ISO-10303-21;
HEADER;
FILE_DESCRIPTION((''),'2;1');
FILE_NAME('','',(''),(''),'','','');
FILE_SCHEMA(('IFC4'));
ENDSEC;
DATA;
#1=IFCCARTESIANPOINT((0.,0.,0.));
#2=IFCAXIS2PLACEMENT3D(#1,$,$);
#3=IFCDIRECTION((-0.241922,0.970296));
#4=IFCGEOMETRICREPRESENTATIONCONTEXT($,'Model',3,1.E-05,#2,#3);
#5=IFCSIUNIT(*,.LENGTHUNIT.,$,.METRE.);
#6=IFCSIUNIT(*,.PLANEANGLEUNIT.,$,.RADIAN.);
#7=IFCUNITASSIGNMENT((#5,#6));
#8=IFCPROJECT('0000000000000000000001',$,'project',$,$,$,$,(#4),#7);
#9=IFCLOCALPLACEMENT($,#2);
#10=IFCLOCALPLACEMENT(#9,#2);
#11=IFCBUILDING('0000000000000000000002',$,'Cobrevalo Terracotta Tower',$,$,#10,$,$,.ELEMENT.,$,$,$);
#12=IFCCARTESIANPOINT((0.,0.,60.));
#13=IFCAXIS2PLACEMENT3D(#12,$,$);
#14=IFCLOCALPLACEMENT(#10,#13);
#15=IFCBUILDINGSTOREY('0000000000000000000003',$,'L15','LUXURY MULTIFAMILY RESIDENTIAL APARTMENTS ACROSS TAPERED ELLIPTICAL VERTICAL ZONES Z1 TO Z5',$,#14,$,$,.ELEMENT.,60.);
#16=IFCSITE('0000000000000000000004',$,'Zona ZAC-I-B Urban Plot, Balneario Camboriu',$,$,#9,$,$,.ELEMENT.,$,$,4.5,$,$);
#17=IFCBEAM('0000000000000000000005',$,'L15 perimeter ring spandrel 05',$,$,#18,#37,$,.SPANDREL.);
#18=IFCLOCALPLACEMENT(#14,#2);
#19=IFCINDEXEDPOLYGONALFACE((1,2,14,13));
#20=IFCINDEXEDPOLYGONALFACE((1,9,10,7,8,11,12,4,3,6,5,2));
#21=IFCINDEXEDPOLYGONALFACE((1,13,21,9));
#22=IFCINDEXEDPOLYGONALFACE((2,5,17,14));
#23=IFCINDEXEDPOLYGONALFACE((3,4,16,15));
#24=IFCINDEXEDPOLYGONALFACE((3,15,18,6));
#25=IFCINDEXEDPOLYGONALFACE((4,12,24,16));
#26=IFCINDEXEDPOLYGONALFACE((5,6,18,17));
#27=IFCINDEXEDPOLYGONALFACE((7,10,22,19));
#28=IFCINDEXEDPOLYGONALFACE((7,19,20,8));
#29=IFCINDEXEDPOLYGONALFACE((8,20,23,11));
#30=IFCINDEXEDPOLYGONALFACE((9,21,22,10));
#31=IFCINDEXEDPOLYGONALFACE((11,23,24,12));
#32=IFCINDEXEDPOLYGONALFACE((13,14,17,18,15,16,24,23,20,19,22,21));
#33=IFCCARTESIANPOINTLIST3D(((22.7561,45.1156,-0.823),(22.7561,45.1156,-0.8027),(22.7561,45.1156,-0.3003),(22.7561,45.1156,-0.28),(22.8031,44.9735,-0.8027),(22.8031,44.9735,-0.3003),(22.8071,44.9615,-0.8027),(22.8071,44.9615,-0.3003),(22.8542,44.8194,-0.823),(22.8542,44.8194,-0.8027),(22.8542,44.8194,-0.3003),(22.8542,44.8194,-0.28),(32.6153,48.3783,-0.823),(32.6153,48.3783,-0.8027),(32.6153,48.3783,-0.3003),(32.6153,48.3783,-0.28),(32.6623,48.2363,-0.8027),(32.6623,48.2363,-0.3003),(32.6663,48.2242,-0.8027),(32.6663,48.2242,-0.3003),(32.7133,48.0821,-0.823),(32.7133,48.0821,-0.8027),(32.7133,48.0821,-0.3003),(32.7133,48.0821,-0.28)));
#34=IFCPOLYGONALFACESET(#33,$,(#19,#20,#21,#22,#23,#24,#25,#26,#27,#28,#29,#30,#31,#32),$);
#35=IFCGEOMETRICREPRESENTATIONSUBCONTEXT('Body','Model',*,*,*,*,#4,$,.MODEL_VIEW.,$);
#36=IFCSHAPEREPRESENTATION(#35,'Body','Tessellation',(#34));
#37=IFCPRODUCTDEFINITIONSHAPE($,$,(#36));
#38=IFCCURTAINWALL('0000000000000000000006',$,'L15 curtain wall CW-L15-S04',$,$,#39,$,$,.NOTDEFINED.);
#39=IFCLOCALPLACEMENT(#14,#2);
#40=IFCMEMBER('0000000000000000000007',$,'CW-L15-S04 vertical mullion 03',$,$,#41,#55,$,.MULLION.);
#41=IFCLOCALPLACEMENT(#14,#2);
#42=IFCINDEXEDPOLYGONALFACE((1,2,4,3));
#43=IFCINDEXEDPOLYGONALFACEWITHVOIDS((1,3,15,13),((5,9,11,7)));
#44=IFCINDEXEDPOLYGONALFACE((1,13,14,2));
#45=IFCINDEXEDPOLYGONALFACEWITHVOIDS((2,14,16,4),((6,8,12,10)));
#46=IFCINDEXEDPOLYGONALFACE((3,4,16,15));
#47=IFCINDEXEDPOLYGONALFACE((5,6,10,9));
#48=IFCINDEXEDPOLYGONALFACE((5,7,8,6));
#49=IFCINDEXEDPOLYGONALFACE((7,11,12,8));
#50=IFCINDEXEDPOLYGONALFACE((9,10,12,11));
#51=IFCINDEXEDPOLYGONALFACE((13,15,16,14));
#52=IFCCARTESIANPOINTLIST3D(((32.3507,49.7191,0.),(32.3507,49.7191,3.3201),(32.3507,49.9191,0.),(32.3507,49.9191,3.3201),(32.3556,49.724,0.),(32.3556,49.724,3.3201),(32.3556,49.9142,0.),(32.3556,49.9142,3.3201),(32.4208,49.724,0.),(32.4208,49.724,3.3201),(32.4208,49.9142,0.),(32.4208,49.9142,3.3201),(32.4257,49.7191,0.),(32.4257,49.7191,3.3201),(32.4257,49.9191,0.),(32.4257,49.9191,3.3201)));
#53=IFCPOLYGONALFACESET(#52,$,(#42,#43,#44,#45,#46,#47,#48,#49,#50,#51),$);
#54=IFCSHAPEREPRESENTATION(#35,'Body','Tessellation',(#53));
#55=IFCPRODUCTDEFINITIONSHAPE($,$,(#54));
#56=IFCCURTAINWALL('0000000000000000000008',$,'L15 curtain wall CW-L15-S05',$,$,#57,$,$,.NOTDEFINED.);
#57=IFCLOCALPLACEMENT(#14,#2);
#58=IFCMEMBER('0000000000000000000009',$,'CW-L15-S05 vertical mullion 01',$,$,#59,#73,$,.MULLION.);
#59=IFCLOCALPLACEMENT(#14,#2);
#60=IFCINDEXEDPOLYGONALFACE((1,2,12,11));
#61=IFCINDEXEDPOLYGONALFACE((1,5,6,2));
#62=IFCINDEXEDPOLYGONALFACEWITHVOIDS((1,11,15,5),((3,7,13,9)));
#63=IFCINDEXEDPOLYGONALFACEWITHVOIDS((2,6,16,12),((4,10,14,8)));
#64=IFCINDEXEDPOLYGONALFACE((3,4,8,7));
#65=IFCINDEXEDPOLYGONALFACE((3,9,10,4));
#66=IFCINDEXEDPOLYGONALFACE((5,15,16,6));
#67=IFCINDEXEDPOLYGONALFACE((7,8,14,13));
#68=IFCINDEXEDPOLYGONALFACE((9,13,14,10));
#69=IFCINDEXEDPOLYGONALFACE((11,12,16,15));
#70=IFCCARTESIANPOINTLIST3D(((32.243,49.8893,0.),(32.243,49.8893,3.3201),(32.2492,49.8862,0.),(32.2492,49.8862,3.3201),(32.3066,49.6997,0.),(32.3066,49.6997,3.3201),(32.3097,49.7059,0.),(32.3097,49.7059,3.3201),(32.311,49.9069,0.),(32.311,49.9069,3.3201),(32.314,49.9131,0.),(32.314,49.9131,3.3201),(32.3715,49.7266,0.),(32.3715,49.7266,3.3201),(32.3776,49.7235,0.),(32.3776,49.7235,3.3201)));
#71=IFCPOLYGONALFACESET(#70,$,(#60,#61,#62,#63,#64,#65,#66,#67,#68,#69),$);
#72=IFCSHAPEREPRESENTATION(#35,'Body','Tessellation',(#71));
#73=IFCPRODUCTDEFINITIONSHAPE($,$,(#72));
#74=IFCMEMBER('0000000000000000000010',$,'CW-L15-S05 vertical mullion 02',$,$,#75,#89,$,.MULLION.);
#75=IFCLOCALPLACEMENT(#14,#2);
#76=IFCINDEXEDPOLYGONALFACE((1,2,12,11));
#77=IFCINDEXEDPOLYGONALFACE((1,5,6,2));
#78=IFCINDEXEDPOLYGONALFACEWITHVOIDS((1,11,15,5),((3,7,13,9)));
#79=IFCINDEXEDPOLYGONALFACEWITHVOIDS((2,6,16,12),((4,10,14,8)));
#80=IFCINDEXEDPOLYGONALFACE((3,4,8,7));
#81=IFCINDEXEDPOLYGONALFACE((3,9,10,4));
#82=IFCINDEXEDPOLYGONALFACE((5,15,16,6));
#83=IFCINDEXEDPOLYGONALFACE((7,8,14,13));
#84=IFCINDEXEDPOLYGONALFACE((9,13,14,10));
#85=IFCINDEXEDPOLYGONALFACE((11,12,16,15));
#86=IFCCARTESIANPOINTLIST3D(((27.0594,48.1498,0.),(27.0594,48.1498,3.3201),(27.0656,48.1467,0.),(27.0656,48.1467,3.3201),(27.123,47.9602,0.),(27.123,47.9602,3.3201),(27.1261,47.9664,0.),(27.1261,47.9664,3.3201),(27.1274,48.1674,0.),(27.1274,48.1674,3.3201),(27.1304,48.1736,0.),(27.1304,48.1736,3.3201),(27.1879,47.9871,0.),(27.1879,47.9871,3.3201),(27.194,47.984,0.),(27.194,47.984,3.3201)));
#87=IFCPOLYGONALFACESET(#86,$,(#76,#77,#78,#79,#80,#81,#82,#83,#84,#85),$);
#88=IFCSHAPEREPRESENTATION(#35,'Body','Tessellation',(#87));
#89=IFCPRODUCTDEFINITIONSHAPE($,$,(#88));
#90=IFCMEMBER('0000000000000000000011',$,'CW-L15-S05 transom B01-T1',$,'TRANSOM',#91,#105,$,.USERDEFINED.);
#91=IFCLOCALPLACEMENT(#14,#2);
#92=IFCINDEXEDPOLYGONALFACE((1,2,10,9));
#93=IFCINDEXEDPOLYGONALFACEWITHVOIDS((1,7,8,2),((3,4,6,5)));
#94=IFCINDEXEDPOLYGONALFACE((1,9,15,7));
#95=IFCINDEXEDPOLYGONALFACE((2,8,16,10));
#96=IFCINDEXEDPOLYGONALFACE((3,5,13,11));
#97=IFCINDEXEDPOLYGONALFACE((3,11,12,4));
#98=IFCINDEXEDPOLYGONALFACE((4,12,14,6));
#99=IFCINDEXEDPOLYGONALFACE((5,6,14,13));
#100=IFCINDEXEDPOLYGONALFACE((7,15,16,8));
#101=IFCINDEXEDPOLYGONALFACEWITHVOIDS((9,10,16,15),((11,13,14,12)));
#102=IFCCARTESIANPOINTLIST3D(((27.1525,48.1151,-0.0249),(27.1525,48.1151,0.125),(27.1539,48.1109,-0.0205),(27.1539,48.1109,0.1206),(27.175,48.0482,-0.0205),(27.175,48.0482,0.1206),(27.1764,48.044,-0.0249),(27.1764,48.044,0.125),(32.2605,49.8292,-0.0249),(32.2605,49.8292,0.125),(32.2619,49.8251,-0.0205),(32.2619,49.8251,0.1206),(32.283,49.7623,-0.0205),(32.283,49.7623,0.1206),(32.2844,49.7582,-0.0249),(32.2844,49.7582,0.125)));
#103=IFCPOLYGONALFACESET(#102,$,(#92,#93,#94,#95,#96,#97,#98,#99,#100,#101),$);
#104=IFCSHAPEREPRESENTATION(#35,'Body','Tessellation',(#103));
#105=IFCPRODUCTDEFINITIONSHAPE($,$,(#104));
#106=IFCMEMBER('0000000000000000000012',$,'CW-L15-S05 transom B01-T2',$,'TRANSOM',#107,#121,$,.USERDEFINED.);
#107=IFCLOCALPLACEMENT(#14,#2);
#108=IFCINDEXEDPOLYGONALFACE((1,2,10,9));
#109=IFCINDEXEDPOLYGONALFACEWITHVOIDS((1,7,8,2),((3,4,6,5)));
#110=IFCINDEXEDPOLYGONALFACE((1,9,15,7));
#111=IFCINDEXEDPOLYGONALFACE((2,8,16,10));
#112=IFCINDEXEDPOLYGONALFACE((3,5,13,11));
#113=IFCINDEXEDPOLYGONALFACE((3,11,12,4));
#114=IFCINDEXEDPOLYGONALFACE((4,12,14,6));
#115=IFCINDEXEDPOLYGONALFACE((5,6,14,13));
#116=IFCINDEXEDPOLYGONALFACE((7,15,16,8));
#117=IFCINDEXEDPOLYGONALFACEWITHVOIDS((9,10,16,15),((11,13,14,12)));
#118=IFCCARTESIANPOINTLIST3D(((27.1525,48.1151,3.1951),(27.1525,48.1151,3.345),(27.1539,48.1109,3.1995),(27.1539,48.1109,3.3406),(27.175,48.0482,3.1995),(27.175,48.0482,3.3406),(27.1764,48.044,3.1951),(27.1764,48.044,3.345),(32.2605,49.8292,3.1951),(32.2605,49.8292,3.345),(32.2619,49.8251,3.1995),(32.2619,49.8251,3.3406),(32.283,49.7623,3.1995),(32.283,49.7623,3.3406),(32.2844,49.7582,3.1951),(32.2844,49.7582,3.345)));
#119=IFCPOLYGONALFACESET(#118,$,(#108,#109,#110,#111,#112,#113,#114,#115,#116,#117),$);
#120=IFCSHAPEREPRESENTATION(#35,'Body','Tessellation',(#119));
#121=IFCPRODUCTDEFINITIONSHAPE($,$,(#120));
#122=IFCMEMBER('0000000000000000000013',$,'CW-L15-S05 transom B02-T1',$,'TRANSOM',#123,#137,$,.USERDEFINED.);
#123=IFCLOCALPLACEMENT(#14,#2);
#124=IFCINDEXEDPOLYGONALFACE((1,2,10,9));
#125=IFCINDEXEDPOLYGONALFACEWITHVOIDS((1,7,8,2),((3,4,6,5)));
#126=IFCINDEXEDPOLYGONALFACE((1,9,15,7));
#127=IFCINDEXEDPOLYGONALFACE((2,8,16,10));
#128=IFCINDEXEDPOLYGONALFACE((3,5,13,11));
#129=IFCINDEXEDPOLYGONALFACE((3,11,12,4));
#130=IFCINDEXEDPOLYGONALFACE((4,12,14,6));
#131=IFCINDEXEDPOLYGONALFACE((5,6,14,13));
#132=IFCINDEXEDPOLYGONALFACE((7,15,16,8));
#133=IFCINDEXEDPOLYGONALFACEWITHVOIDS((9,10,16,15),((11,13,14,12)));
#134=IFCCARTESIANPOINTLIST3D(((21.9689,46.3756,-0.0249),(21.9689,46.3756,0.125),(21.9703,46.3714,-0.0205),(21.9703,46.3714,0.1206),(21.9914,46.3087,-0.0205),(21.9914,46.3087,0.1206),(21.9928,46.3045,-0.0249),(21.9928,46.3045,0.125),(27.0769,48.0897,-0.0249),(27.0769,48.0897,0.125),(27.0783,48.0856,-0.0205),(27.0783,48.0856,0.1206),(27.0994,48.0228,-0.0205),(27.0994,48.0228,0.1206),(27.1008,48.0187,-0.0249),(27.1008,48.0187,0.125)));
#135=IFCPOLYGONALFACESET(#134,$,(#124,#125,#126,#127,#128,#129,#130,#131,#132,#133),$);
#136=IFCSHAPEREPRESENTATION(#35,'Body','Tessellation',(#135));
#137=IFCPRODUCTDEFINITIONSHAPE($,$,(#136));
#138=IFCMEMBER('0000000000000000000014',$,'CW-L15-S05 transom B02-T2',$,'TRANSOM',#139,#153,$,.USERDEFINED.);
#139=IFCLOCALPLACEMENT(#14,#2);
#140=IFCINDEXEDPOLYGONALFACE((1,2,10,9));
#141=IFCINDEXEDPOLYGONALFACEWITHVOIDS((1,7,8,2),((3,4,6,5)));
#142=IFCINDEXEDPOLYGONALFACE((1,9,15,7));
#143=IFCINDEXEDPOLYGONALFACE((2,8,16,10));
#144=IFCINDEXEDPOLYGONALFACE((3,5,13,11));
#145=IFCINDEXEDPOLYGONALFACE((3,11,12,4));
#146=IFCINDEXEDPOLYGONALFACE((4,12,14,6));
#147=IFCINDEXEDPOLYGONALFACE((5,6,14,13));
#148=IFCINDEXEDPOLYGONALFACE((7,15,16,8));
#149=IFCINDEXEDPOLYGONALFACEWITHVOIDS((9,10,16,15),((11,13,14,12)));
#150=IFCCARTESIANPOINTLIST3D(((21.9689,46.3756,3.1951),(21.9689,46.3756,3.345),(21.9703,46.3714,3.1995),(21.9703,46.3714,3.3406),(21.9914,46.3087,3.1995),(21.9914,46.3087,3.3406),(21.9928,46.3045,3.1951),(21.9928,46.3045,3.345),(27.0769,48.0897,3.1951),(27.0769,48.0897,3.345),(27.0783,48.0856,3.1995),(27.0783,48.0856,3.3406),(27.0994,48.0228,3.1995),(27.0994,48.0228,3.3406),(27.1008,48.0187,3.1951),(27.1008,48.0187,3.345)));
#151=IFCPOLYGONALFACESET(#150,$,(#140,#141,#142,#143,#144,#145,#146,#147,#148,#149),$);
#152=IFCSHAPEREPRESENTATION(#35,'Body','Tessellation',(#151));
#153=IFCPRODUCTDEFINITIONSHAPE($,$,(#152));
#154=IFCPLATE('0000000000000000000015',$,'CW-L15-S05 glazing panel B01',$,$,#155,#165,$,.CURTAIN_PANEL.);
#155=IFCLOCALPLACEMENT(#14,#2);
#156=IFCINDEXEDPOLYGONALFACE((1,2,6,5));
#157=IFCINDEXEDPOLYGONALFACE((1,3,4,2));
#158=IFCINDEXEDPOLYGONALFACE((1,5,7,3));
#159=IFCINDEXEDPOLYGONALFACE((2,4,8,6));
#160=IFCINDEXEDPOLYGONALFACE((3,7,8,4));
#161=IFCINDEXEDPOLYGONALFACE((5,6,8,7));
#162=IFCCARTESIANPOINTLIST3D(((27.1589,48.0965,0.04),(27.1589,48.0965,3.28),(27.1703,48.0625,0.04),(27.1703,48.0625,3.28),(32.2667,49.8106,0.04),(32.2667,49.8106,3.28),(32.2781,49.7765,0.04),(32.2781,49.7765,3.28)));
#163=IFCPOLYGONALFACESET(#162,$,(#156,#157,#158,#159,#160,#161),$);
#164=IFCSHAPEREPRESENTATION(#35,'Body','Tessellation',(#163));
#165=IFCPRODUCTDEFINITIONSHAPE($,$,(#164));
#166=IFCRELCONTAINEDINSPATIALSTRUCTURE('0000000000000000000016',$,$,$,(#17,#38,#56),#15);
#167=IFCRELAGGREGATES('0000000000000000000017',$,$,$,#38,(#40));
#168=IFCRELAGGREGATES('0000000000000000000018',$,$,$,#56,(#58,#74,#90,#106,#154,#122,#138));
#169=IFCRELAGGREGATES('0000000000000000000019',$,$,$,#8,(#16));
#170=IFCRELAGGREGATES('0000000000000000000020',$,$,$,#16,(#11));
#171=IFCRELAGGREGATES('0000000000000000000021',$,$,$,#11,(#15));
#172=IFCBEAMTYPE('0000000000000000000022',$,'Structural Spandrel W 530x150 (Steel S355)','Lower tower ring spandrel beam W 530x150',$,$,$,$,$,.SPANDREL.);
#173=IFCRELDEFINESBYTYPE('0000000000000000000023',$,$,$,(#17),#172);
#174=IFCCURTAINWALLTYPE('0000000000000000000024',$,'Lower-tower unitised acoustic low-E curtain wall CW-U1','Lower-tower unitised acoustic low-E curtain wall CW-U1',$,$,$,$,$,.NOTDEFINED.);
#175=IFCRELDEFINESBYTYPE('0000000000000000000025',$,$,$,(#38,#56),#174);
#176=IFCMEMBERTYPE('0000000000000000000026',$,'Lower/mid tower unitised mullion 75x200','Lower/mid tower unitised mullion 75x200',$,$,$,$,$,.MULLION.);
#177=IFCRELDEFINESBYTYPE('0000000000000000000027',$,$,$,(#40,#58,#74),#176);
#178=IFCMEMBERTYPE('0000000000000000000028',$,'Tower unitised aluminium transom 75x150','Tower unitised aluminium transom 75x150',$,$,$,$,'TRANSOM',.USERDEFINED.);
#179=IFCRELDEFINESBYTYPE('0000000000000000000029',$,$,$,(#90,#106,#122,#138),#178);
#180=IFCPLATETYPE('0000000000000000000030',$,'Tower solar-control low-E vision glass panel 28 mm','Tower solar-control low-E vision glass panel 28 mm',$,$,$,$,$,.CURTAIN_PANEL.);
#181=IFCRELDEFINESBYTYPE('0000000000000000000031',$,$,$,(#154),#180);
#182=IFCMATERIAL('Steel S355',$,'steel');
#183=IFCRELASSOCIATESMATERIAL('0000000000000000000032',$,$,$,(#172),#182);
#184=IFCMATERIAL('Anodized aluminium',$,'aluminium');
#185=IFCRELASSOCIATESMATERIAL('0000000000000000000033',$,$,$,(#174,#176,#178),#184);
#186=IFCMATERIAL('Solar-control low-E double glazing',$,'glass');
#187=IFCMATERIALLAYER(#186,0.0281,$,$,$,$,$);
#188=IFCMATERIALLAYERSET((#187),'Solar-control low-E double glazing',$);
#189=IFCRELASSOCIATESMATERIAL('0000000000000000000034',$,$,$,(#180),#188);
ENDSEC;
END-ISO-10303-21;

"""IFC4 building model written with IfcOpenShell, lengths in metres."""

from ifc_helpers import new_model, si_unit, direction, frame, origin, origin_2d, place, context, subcontext, project, spatial, rectangle, hollow_rectangle, i_section, extrude, source, transform, mapped, material, layer, layer_set, material_profile, profile_set, type_object, element, aggregate, save


model = new_model("IFC4")

# Units and contexts
model_context = context("Model", 3, precision=1e-05, world=origin(), true_north=direction((-0.241922, 0.970296)))
body_context = subcontext(model_context, "Body", "Model", "MODEL_VIEW")
ifc_project = project(units=[si_unit("LENGTHUNIT", "METRE"), si_unit("PLANEANGLEUNIT", "RADIAN")], contexts=[model_context])

# Site, building, storey
site_placement = place(None, origin())
site = spatial("IfcSite", under=ifc_project, at=site_placement, Name="Zona ZAC-I-B Urban Plot, Balneario Camboriu", CompositionType="ELEMENT", RefElevation=4.5)
building_placement = place(site_placement, origin())
building = spatial("IfcBuilding", under=site, at=building_placement, Name="Cobrevalo Terracotta Tower", CompositionType="ELEMENT")
storey_placement = place(building_placement, frame((0.0, 0.0, 60.0)))
storey = spatial("IfcBuildingStorey", under=building, at=storey_placement, Name="L15", Description="LUXURY MULTIFAMILY RESIDENTIAL APARTMENTS ACROSS TAPERED ELLIPTICAL VERTICAL ZONES Z1 TO Z5", CompositionType="ELEMENT", Elevation=60.0)

# Shared definitions
ifc_material_1 = material(Name="Steel S355", Category="steel")

# Beam
ifc_material_profile_1 = material_profile(ifc_material_1, i_section(OverallWidth=0.312, OverallDepth=0.543, WebThickness=0.0127, FlangeThickness=0.0203, at=origin_2d()), Name="W 530x150")
ifc_profile_set_1 = profile_set([ifc_material_profile_1], Name="Steel S355")
beam_type_1 = type_object("IfcBeamType", Name="Structural Spandrel W 530x150 (Steel S355)", Description="Lower tower ring spandrel beam W 530x150", PredefinedType="SPANDREL", material=ifc_profile_set_1)
beam_1_placement = place(storey_placement, frame((32.6643, 48.2302, -0.5515), z_axis=(-0.949365, -0.314175, 0.0), x_axis=(0.314175, -0.949365, 0.0)))
element("IfcBeam", 1, at=beam_1_placement, inside=storey, type_object=beam_type_1, Name="L15 perimeter ring spandrel 05", PredefinedType="SPANDREL", context=body_context, shape_type="SweptSolid", body=[
    extrude(i_section(OverallWidth=0.312, OverallDepth=0.543, WebThickness=0.0127, FlangeThickness=0.0203, at=origin_2d()), origin(), (0.0, 0.0, 1.0), 10.385),
])

# Curtain wall, member
ifc_material_2 = material(Name="Anodized aluminium", Category="aluminium")
curtain_wall_type = type_object("IfcCurtainWallType", Name="Lower-tower unitised acoustic low-E curtain wall CW-U1", Description="Lower-tower unitised acoustic low-E curtain wall CW-U1", PredefinedType="NOTDEFINED", material=ifc_material_2)
curtain_wall_1_placement = place(storey_placement, origin())
curtain_wall_1 = element("IfcCurtainWall", 2, at=curtain_wall_1_placement, inside=storey, type_object=curtain_wall_type, Name="L15 curtain wall CW-L15-S04", PredefinedType="NOTDEFINED")
ifc_material_profile_2 = material_profile(ifc_material_2, hollow_rectangle(XDim=0.075, YDim=0.2, WallThickness=0.0049, at=origin_2d()), Name="CWM 75x200")
ifc_profile_set_2 = profile_set([ifc_material_profile_2], Name="Anodized aluminium")
member_type_1 = type_object("IfcMemberType", Name="Lower/mid tower unitised mullion 75x200", Description="Lower/mid tower unitised mullion 75x200", PredefinedType="MULLION", material=ifc_profile_set_2)
shared_shape_1 = source(origin(), body_context, "Body", "SweptSolid", [
    extrude(hollow_rectangle(XDim=0.075, YDim=0.2, WallThickness=0.0049, at=origin_2d()), origin(), (0.0, 0.0, 1.0), 3.3201),
])
member_1_placement = place(storey_placement, frame((32.3882, 49.8191, 0.0), z_axis=(0.0, 0.0, 1.0), x_axis=(-1.0, 0.0, 0.0)))
member_1 = element("IfcMember", 3, at=member_1_placement, type_object=member_type_1, Name="CW-L15-S04 vertical mullion 03", PredefinedType="MULLION", context=body_context, shape_type="MappedRepresentation", body=[
    mapped(shared_shape_1, transform((0.0, 0.0, 0.0), scale=1.0)),
])
aggregate(curtain_wall_1, [member_1])

# Curtain wall, members, plate
curtain_wall_2_placement = place(storey_placement, origin())
curtain_wall_2 = element("IfcCurtainWall", 4, at=curtain_wall_2_placement, inside=storey, type_object=curtain_wall_type, Name="L15 curtain wall CW-L15-S05", PredefinedType="NOTDEFINED")
member_2_placement = place(storey_placement, frame((32.3103, 49.8064, 0.0), z_axis=(0.0, 0.0, 1.0), x_axis=(-0.948046, -0.318132, 0.0)))
member_2 = element("IfcMember", 5, at=member_2_placement, type_object=member_type_1, Name="CW-L15-S05 vertical mullion 01", PredefinedType="MULLION", context=body_context, shape_type="MappedRepresentation", body=[
    mapped(shared_shape_1, transform((0.0, 0.0, 0.0), scale=1.0)),
])
member_3_placement = place(storey_placement, frame((27.1267, 48.0669, 0.0), z_axis=(0.0, 0.0, 1.0), x_axis=(-0.948046, -0.318132, 0.0)))
member_3 = element("IfcMember", 6, at=member_3_placement, type_object=member_type_1, Name="CW-L15-S05 vertical mullion 02", PredefinedType="MULLION", context=body_context, shape_type="MappedRepresentation", body=[
    mapped(shared_shape_1, transform((0.0, 0.0, 0.0), scale=1.0)),
])
ifc_material_profile_3 = material_profile(ifc_material_2, hollow_rectangle(XDim=0.075, YDim=0.1499, WallThickness=0.0044, at=origin_2d()), Name="CWT 75x150")
ifc_profile_set_3 = profile_set([ifc_material_profile_3], Name="Anodized aluminium")
member_type_2 = type_object("IfcMemberType", Name="Tower unitised aluminium transom 75x150", Description="Tower unitised aluminium transom 75x150", ElementType="TRANSOM", PredefinedType="USERDEFINED", material=ifc_profile_set_3)
shared_shape_2 = source(origin(), body_context, "Body", "SweptSolid", [
    extrude(hollow_rectangle(XDim=0.075, YDim=0.1499, WallThickness=0.0044, at=origin_2d()), origin(), (0.0, 0.0, 1.0), 5.3879),
])
member_4_placement = place(storey_placement, frame((32.2725, 49.7937, 0.05), z_axis=(-0.948042, -0.318144, 0.0), x_axis=(0.318144, -0.948042, 0.0)))
member_4 = element("IfcMember", 7, at=member_4_placement, type_object=member_type_2, Name="CW-L15-S05 transom B01-T1", ObjectType="TRANSOM", PredefinedType="USERDEFINED", context=body_context, shape_type="MappedRepresentation", body=[
    mapped(shared_shape_2, transform((0.0, 0.0, 0.0), scale=1.0)),
])
member_5_placement = place(storey_placement, frame((32.2725, 49.7937, 3.27), z_axis=(-0.948042, -0.318144, 0.0), x_axis=(0.318144, -0.948042, 0.0)))
member_5 = element("IfcMember", 8, at=member_5_placement, type_object=member_type_2, Name="CW-L15-S05 transom B01-T2", ObjectType="TRANSOM", PredefinedType="USERDEFINED", context=body_context, shape_type="MappedRepresentation", body=[
    mapped(shared_shape_2, transform((0.0, 0.0, 0.0), scale=1.0)),
])
member_6_placement = place(storey_placement, frame((27.0889, 48.0542, 0.05), z_axis=(-0.948042, -0.318144, 0.0), x_axis=(0.318144, -0.948042, 0.0)))
member_6 = element("IfcMember", 9, at=member_6_placement, type_object=member_type_2, Name="CW-L15-S05 transom B02-T1", ObjectType="TRANSOM", PredefinedType="USERDEFINED", context=body_context, shape_type="MappedRepresentation", body=[
    mapped(shared_shape_2, transform((0.0, 0.0, 0.0), scale=1.0)),
])
member_7_placement = place(storey_placement, frame((27.0889, 48.0542, 3.27), z_axis=(-0.948042, -0.318144, 0.0), x_axis=(0.318144, -0.948042, 0.0)))
member_7 = element("IfcMember", 10, at=member_7_placement, type_object=member_type_2, Name="CW-L15-S05 transom B02-T2", ObjectType="TRANSOM", PredefinedType="USERDEFINED", context=body_context, shape_type="MappedRepresentation", body=[
    mapped(shared_shape_2, transform((0.0, 0.0, 0.0), scale=1.0)),
])
ifc_material_3 = material(Name="Solar-control low-E double glazing", Category="glass")
ifc_layer_1 = layer(ifc_material_3, 0.0281)
ifc_layer_set_1 = layer_set([ifc_layer_1], Name="Solar-control low-E double glazing")
plate_type = type_object("IfcPlateType", Name="Tower solar-control low-E vision glass panel 28 mm", Description="Tower solar-control low-E vision glass panel 28 mm", PredefinedType="CURTAIN_PANEL", material=ifc_layer_set_1)
shared_shape_3 = source(origin(), body_context, "Body", "SweptSolid", [
    extrude(rectangle(XDim=5.3877, YDim=0.0359, at=origin_2d()), origin(), (0.0, 0.0, 1.0), 3.24),
])
plate_placement = place(storey_placement, frame((29.7185, 48.9365, 0.04), z_axis=(0.0, 0.0, 1.0), x_axis=(-0.948044, -0.318139, 0.0)))
plate = element("IfcPlate", 11, at=plate_placement, type_object=plate_type, Name="CW-L15-S05 glazing panel B01", PredefinedType="CURTAIN_PANEL", context=body_context, shape_type="MappedRepresentation", body=[
    mapped(shared_shape_3, transform((0.0, 0.0, 0.0), scale=1.0)),
])
aggregate(curtain_wall_2, [member_2, member_3, member_4, member_5, plate, member_6, member_7])

save(model, "model.ifc")
